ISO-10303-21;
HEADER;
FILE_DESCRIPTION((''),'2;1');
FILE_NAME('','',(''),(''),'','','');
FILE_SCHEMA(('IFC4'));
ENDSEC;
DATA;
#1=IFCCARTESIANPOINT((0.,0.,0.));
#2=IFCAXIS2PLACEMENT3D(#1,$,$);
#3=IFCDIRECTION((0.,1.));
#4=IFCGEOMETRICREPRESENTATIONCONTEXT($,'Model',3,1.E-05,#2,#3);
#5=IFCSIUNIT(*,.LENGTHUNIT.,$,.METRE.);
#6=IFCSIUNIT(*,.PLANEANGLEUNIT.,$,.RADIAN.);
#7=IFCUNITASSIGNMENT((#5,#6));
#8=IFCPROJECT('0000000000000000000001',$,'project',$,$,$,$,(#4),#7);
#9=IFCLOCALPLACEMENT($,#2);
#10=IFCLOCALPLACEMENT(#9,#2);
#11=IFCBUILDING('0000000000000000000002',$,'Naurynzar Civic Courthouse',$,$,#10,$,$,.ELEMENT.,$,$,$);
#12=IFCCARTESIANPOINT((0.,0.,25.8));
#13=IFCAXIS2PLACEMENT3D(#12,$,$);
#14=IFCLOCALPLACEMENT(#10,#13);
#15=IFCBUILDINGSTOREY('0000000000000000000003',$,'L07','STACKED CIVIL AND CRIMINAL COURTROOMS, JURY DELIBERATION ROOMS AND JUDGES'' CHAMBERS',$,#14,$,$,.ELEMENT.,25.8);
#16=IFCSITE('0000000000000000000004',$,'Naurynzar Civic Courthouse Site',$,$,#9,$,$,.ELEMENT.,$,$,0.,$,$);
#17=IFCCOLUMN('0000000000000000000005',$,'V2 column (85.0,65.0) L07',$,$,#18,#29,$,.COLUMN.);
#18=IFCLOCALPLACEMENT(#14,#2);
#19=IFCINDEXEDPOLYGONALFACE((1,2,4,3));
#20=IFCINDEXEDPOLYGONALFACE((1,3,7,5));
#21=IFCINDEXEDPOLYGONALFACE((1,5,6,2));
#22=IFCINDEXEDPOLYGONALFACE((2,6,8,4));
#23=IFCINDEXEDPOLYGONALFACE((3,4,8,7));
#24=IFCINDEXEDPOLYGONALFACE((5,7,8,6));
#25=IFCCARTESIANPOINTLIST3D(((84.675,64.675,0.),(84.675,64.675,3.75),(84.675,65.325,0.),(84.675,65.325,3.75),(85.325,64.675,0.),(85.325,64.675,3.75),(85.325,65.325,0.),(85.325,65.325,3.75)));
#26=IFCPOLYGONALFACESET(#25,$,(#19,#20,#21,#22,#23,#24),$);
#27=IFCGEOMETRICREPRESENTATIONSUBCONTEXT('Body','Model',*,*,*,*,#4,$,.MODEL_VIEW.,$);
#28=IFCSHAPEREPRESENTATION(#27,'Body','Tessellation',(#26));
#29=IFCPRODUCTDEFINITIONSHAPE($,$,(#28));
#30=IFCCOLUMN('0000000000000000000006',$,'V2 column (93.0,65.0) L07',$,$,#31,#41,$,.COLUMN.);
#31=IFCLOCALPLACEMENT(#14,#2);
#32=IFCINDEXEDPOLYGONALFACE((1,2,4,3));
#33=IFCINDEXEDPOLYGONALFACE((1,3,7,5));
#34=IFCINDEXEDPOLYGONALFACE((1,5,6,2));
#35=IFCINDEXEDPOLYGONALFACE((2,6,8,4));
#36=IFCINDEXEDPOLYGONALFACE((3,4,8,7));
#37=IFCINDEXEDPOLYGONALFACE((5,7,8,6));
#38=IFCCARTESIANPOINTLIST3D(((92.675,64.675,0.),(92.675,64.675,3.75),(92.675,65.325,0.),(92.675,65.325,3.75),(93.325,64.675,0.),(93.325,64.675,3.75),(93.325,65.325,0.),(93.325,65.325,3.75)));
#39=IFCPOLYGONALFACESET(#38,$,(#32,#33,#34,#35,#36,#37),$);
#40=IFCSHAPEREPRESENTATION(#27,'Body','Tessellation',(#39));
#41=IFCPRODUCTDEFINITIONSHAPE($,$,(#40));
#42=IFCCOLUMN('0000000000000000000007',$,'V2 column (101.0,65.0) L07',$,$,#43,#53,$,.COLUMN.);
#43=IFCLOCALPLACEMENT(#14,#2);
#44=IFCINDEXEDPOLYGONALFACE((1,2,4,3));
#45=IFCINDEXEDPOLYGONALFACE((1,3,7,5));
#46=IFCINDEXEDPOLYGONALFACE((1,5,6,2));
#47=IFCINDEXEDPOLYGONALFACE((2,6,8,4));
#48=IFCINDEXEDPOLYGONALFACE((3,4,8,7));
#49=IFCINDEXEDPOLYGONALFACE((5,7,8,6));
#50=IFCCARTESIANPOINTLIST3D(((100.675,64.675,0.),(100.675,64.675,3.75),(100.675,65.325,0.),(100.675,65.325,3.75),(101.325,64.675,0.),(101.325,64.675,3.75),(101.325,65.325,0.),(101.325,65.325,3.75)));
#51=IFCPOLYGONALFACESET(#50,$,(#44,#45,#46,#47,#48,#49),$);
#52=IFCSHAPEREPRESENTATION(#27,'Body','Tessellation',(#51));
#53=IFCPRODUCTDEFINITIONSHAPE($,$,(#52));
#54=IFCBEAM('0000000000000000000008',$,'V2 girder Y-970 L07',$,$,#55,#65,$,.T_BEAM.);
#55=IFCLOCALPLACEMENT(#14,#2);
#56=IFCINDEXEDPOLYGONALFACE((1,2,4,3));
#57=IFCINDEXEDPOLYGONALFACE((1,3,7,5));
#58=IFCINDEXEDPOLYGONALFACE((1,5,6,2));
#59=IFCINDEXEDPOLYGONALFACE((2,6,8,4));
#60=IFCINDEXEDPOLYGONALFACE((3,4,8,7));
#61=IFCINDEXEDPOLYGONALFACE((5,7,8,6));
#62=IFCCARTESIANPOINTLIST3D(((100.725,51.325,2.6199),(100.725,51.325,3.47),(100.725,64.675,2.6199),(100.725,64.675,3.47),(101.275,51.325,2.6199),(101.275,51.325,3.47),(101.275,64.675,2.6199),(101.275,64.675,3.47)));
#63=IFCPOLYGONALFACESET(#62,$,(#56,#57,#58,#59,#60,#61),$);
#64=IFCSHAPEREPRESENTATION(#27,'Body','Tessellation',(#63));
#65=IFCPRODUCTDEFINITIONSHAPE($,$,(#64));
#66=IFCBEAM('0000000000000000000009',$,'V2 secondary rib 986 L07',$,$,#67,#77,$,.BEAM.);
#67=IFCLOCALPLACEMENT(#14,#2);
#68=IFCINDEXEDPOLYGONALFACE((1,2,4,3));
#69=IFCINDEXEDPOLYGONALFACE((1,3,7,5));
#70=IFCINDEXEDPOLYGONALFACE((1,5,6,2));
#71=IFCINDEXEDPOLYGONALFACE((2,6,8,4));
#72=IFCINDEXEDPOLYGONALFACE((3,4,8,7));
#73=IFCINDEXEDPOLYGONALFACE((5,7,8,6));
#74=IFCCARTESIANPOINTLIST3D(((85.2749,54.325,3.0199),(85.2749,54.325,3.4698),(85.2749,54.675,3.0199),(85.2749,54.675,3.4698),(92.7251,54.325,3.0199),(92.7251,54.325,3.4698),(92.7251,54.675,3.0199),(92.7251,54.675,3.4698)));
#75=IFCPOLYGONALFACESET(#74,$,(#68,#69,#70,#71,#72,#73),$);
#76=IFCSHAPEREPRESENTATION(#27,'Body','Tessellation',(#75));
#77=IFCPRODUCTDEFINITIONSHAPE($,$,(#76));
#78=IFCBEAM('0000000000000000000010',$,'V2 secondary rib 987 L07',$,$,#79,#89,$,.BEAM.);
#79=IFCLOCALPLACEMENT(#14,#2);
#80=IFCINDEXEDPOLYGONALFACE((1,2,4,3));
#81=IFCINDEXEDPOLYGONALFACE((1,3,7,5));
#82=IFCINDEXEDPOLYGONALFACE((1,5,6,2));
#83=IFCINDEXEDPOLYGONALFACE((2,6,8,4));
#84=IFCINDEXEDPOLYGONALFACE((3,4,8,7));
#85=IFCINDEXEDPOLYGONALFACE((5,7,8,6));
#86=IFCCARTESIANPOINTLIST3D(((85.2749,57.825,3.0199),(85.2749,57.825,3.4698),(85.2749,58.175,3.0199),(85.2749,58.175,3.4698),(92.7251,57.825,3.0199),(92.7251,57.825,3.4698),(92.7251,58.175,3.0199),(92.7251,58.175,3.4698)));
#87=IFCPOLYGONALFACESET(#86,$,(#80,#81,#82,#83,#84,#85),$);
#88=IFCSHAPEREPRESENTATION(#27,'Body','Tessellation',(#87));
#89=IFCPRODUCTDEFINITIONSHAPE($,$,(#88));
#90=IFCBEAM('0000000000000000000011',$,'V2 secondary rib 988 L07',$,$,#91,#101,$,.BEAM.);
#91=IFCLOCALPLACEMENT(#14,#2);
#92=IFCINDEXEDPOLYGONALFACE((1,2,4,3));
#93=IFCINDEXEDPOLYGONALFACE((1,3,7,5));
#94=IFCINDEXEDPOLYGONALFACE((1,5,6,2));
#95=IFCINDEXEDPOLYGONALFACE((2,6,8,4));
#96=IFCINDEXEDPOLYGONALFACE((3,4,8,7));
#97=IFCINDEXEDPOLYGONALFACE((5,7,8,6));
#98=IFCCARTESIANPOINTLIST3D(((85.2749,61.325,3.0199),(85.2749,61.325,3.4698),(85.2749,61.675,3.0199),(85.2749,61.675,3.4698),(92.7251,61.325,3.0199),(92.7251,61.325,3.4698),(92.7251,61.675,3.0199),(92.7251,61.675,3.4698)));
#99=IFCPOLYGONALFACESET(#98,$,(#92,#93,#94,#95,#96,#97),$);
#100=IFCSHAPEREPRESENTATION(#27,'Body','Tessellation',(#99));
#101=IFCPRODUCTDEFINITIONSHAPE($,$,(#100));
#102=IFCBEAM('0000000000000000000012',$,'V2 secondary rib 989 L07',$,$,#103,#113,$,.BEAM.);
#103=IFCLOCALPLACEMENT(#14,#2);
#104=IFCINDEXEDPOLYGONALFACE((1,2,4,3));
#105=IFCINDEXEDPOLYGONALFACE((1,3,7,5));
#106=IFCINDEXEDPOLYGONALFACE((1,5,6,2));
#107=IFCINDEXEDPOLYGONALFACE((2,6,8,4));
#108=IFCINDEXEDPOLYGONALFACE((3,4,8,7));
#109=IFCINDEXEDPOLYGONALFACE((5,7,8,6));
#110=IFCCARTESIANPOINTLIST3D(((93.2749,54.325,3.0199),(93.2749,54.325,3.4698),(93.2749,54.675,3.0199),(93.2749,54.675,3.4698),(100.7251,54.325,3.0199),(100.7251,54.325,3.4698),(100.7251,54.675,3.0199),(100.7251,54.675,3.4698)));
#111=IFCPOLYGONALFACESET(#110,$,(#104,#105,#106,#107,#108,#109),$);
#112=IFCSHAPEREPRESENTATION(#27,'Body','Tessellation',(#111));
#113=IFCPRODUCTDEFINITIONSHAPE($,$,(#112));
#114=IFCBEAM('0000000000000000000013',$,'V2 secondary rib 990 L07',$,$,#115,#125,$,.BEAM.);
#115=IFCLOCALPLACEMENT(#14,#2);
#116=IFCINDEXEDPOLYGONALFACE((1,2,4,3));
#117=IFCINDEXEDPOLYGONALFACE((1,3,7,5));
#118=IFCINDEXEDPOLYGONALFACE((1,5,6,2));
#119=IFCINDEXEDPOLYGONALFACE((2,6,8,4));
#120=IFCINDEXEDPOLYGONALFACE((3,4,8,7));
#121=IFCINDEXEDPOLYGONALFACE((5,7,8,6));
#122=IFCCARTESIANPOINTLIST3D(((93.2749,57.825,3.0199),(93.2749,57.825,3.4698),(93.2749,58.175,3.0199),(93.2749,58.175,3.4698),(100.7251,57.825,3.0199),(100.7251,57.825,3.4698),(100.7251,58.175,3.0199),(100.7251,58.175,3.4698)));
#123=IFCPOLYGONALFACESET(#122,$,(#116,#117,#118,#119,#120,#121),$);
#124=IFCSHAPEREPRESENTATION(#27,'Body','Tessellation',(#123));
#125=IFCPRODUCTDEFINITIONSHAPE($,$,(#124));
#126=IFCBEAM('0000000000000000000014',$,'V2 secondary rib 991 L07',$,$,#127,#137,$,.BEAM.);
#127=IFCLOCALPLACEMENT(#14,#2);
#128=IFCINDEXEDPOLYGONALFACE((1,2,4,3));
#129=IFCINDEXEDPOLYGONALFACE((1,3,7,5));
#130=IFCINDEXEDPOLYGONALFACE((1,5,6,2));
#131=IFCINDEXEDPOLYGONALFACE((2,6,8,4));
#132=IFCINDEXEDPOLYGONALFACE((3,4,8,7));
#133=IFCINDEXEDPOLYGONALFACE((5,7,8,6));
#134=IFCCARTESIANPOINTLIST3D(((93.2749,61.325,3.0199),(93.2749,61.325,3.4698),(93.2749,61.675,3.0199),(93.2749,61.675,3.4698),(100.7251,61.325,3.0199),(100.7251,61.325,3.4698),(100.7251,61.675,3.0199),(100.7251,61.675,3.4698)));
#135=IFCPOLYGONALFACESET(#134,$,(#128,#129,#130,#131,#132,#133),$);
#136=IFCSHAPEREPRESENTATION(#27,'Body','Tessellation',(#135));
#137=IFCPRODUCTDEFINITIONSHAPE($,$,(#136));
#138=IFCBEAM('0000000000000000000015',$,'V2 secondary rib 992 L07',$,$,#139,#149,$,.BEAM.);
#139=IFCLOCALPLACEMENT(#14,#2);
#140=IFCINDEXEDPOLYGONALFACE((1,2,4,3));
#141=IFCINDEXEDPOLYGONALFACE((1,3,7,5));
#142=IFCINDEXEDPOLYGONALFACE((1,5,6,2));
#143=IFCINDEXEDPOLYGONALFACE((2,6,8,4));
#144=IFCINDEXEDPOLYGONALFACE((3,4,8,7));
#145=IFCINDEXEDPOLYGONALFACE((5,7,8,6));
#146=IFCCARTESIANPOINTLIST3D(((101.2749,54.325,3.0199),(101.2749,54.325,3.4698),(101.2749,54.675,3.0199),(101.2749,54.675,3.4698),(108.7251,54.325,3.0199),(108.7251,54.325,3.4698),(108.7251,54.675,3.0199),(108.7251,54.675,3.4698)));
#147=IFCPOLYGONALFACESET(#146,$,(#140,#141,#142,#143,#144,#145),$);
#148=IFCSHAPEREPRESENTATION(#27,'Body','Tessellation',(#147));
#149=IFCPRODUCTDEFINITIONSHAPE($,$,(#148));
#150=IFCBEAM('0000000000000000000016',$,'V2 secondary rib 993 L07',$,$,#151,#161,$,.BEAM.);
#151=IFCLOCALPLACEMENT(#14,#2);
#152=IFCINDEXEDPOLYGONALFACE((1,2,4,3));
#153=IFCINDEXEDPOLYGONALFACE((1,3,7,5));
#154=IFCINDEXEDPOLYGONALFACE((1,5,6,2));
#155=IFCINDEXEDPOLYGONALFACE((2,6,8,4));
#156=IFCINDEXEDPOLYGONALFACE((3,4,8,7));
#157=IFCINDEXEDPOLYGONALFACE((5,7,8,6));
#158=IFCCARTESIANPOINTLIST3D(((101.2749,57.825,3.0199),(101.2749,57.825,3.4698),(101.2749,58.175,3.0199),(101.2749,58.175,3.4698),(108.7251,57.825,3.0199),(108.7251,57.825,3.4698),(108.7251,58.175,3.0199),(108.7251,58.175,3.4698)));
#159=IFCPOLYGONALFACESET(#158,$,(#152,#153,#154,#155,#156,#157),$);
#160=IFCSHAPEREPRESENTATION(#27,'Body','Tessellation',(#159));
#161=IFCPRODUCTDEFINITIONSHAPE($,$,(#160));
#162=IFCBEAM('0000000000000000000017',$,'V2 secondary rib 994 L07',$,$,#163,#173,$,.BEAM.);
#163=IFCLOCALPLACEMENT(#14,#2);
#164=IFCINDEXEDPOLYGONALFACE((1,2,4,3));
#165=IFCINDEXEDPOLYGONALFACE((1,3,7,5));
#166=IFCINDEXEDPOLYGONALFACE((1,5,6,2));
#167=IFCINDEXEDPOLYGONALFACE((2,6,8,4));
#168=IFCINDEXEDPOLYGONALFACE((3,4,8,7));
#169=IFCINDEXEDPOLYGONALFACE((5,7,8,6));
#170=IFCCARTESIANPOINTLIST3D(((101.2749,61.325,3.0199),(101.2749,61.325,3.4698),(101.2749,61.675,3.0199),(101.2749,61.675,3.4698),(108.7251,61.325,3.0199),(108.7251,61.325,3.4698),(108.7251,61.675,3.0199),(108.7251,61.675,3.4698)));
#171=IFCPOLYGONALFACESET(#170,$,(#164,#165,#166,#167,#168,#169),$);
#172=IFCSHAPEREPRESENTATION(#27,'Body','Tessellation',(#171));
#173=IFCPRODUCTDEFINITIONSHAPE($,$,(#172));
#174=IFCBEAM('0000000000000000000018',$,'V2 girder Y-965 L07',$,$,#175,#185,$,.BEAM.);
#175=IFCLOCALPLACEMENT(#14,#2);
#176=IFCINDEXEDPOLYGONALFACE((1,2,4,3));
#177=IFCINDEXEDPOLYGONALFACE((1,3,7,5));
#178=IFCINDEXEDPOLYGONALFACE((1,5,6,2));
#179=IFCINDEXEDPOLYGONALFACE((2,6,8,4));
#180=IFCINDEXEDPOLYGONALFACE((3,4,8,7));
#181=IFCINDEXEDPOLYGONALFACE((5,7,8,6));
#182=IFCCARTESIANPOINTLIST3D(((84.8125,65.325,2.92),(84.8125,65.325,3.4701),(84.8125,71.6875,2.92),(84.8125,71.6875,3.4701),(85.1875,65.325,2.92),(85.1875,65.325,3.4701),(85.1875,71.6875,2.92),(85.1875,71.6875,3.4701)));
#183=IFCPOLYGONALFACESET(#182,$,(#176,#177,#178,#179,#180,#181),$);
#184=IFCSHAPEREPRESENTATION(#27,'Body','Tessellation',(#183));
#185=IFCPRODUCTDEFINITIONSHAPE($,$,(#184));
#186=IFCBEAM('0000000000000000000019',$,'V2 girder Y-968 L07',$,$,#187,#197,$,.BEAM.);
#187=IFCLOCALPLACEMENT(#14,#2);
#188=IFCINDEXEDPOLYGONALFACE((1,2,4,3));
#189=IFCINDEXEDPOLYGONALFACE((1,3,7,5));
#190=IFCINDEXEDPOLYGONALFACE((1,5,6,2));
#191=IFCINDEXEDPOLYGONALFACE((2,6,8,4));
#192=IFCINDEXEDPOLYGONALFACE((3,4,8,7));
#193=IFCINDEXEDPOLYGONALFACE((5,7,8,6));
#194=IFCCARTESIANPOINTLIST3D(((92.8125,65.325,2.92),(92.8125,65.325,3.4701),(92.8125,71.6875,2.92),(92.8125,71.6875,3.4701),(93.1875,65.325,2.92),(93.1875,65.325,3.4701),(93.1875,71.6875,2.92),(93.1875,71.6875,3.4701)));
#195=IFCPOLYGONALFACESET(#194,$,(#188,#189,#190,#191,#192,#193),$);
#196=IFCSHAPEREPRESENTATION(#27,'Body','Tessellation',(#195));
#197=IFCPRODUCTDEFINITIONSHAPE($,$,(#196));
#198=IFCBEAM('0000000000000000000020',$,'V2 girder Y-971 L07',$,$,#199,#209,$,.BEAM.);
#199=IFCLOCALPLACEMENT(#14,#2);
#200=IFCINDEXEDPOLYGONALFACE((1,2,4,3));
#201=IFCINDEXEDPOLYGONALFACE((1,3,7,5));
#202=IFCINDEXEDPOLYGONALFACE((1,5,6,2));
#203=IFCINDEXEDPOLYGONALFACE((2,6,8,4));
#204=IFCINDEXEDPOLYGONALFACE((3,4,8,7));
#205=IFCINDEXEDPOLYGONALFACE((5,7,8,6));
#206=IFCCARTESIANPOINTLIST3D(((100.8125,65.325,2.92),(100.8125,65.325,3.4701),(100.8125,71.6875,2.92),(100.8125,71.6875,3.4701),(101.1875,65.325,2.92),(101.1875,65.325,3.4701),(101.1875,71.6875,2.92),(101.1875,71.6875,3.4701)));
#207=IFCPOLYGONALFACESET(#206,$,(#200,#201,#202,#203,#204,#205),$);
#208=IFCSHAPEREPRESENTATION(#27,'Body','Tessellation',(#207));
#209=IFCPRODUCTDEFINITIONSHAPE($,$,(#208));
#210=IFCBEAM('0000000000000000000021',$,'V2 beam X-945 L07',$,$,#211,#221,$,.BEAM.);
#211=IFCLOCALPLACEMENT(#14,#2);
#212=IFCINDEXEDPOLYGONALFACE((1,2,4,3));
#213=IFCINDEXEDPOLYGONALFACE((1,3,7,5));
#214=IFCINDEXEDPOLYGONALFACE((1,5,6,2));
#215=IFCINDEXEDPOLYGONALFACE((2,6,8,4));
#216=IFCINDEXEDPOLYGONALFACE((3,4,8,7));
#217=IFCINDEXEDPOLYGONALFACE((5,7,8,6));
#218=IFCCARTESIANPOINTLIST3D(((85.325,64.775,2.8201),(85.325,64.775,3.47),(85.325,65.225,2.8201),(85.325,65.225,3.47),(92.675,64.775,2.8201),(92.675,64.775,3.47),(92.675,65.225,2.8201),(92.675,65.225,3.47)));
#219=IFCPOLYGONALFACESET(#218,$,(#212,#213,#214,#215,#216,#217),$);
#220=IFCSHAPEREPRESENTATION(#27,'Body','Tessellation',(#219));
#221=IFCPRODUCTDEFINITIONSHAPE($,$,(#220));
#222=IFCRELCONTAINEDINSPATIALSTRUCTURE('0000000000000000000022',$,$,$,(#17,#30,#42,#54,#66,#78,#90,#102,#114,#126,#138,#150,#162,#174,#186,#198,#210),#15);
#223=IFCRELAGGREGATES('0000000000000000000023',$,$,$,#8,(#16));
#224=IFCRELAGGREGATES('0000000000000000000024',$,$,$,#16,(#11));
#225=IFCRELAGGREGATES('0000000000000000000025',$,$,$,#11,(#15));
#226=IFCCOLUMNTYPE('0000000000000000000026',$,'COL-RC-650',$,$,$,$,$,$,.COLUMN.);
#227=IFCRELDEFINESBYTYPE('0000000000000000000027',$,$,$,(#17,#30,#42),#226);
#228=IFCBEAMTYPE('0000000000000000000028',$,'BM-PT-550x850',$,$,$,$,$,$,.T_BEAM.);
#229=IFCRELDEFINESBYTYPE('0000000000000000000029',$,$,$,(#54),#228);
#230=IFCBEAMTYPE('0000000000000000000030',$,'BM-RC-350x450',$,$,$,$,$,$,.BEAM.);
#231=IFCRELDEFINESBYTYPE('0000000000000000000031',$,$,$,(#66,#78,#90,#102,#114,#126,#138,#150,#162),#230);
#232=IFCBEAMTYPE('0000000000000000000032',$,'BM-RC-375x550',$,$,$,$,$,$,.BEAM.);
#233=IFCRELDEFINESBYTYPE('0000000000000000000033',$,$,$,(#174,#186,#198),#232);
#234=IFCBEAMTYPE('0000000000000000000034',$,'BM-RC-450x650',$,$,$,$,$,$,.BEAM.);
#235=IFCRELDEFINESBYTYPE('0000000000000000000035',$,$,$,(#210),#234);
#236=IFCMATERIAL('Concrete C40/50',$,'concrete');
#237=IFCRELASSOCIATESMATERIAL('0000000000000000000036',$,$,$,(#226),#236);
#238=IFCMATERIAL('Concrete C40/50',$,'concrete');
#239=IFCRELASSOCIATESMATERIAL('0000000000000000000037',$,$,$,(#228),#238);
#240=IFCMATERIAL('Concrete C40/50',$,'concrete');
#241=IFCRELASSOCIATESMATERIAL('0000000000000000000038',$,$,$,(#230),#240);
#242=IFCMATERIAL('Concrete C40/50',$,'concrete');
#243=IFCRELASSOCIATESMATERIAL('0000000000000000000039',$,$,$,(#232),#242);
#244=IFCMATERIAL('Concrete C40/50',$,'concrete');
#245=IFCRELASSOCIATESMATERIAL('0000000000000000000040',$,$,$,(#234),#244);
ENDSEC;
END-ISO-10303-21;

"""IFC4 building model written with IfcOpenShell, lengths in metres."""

from ifc_helpers import new_model, si_unit, direction, frame, origin, origin_2d, place, context, subcontext, project, spatial, rectangle, extrude, material, material_profile, profile_set, type_object, element, save


model = new_model("IFC4")

# Units and contexts
model_context = context("Model", 3, precision=1e-05, world=origin(), true_north=direction((0.0, 1.0)))
body_context = subcontext(model_context, "Body", "Model", "MODEL_VIEW")
ifc_project = project(units=[si_unit("LENGTHUNIT", "METRE"), si_unit("PLANEANGLEUNIT", "RADIAN")], contexts=[model_context])

# Site, building, storey
site_placement = place(None, origin())
site = spatial("IfcSite", under=ifc_project, at=site_placement, Name="Naurynzar Civic Courthouse Site", CompositionType="ELEMENT", RefElevation=0.0)
building_placement = place(site_placement, origin())
building = spatial("IfcBuilding", under=site, at=building_placement, Name="Naurynzar Civic Courthouse", CompositionType="ELEMENT")
storey_placement = place(building_placement, frame((0.0, 0.0, 25.8)))
storey = spatial("IfcBuildingStorey", under=building, at=storey_placement, Name="L07", Description="STACKED CIVIL AND CRIMINAL COURTROOMS, JURY DELIBERATION ROOMS AND JUDGES' CHAMBERS", CompositionType="ELEMENT", Elevation=25.8)

# Columns
ifc_material_1 = material(Name="Concrete C40/50", Category="concrete")
ifc_material_profile_1 = material_profile(ifc_material_1, rectangle(XDim=0.6499, YDim=0.6499, at=origin_2d()), Name="RC 650x650")
ifc_profile_set_1 = profile_set([ifc_material_profile_1], Name="Concrete C40/50")
column_type = type_object("IfcColumnType", Name="COL-RC-650", PredefinedType="COLUMN", material=ifc_profile_set_1)
for number, where, z_axis, x_axis, name in (
    (1, (85.0, 65.0, 0.0), (0.0, 0.0, 1.0), (1.0, 0.0, 0.0), "V2 column (85.0,65.0) L07"),
    (2, (93.0, 65.0, 0.0), (0.0, 0.0, 1.0), (1.0, 0.0, 0.0), "V2 column (93.0,65.0) L07"),
    (3, (101.0, 65.0, 0.0), (0.0, 0.0, 1.0), (1.0, 0.0, 0.0), "V2 column (101.0,65.0) L07"),
):
    element("IfcColumn", number, at=place(storey_placement, frame(where, z_axis=z_axis, x_axis=x_axis)), inside=storey, type_object=column_type, Name=name, PredefinedType="COLUMN", context=body_context, shape_type="SweptSolid", body=[
        extrude(rectangle(XDim=0.6499, YDim=0.6499, at=origin_2d()), origin(), (0.0, 0.0, 1.0), 3.75),
    ])

# Beams
ifc_material_2 = material(Name="Concrete C40/50", Category="concrete")
ifc_material_profile_2 = material_profile(ifc_material_2, rectangle(XDim=0.55, YDim=0.8501, at=origin_2d()), Name="PTB 550x850")
ifc_profile_set_2 = profile_set([ifc_material_profile_2], Name="Concrete C40/50")
beam_type_1 = type_object("IfcBeamType", Name="BM-PT-550x850", PredefinedType="T_BEAM", material=ifc_profile_set_2)
beam_1_placement = place(storey_placement, frame((101.0, 51.325, 3.0449), z_axis=(0.0, 1.0, 0.0), x_axis=(-1.0, 0.0, 0.0)))
element("IfcBeam", 4, at=beam_1_placement, inside=storey, type_object=beam_type_1, Name="V2 girder Y-970 L07", PredefinedType="T_BEAM", context=body_context, shape_type="SweptSolid", body=[
    extrude(rectangle(XDim=0.55, YDim=0.8501, at=origin_2d()), origin(), (0.0, 0.0, 1.0), 13.3501),
])
ifc_material_3 = material(Name="Concrete C40/50", Category="concrete")
ifc_material_profile_3 = material_profile(ifc_material_3, rectangle(XDim=0.3501, YDim=0.45, at=origin_2d()), Name="RCB 350x450")
ifc_profile_set_3 = profile_set([ifc_material_profile_3], Name="Concrete C40/50")
beam_type_2 = type_object("IfcBeamType", Name="BM-RC-350x450", PredefinedType="BEAM", material=ifc_profile_set_3)
for number, where, z_axis, x_axis, name in (
    (5, (85.2749, 54.5, 3.2449), (1.0, 0.0, 0.0), (0.0, 1.0, 0.0), "V2 secondary rib 986 L07"),
    (6, (85.2749, 58.0, 3.2449), (1.0, 0.0, 0.0), (0.0, 1.0, 0.0), "V2 secondary rib 987 L07"),
    (7, (85.2749, 61.5, 3.2449), (1.0, 0.0, 0.0), (0.0, 1.0, 0.0), "V2 secondary rib 988 L07"),
    (8, (93.2749, 54.5, 3.2449), (1.0, 0.0, 0.0), (0.0, 1.0, 0.0), "V2 secondary rib 989 L07"),
    (9, (93.2749, 58.0, 3.2449), (1.0, 0.0, 0.0), (0.0, 1.0, 0.0), "V2 secondary rib 990 L07"),
    (10, (93.2749, 61.5, 3.2449), (1.0, 0.0, 0.0), (0.0, 1.0, 0.0), "V2 secondary rib 991 L07"),
    (11, (101.2749, 54.5, 3.2449), (1.0, 0.0, 0.0), (0.0, 1.0, 0.0), "V2 secondary rib 992 L07"),
    (12, (101.2749, 58.0, 3.2449), (1.0, 0.0, 0.0), (0.0, 1.0, 0.0), "V2 secondary rib 993 L07"),
    (13, (101.2749, 61.5, 3.2449), (1.0, 0.0, 0.0), (0.0, 1.0, 0.0), "V2 secondary rib 994 L07"),
):
    element("IfcBeam", number, at=place(storey_placement, frame(where, z_axis=z_axis, x_axis=x_axis)), inside=storey, type_object=beam_type_2, Name=name, PredefinedType="BEAM", context=body_context, shape_type="SweptSolid", body=[
        extrude(rectangle(XDim=0.3501, YDim=0.45, at=origin_2d()), origin(), (0.0, 0.0, 1.0), 7.4502),
    ])
ifc_material_4 = material(Name="Concrete C40/50", Category="concrete")
ifc_material_profile_4 = material_profile(ifc_material_4, rectangle(XDim=0.375, YDim=0.55, at=origin_2d()), Name="RCB 375x550")
ifc_profile_set_4 = profile_set([ifc_material_profile_4], Name="Concrete C40/50")
beam_type_3 = type_object("IfcBeamType", Name="BM-RC-375x550", PredefinedType="BEAM", material=ifc_profile_set_4)
for number, where, z_axis, x_axis, name in (
    (14, (85.0, 65.325, 3.1951), (0.0, 1.0, 0.0), (-1.0, 0.0, 0.0), "V2 girder Y-965 L07"),
    (15, (93.0, 65.325, 3.1951), (0.0, 1.0, 0.0), (-1.0, 0.0, 0.0), "V2 girder Y-968 L07"),
    (16, (101.0, 65.325, 3.1951), (0.0, 1.0, 0.0), (-1.0, 0.0, 0.0), "V2 girder Y-971 L07"),
):
    element("IfcBeam", number, at=place(storey_placement, frame(where, z_axis=z_axis, x_axis=x_axis)), inside=storey, type_object=beam_type_3, Name=name, PredefinedType="BEAM", context=body_context, shape_type="SweptSolid", body=[
        extrude(rectangle(XDim=0.375, YDim=0.55, at=origin_2d()), origin(), (0.0, 0.0, 1.0), 6.3625),
    ])
ifc_material_5 = material(Name="Concrete C40/50", Category="concrete")
ifc_material_profile_5 = material_profile(ifc_material_5, rectangle(XDim=0.45, YDim=0.6499, at=origin_2d()), Name="RCB 450x650")
ifc_profile_set_5 = profile_set([ifc_material_profile_5], Name="Concrete C40/50")
beam_type_4 = type_object("IfcBeamType", Name="BM-RC-450x650", PredefinedType="BEAM", material=ifc_profile_set_5)
for number, where, z_axis, x_axis, name in (
    (17, (85.325, 65.0, 3.145), (1.0, 0.0, 0.0), (0.0, 1.0, 0.0), "V2 beam X-945 L07"),
):
    element("IfcBeam", number, at=place(storey_placement, frame(where, z_axis=z_axis, x_axis=x_axis)), inside=storey, type_object=beam_type_4, Name=name, PredefinedType="BEAM", context=body_context, shape_type="SweptSolid", body=[
        extrude(rectangle(XDim=0.45, YDim=0.6499, at=origin_2d()), origin(), (0.0, 0.0, 1.0), 7.3501),
    ])

save(model, "model.ifc")
